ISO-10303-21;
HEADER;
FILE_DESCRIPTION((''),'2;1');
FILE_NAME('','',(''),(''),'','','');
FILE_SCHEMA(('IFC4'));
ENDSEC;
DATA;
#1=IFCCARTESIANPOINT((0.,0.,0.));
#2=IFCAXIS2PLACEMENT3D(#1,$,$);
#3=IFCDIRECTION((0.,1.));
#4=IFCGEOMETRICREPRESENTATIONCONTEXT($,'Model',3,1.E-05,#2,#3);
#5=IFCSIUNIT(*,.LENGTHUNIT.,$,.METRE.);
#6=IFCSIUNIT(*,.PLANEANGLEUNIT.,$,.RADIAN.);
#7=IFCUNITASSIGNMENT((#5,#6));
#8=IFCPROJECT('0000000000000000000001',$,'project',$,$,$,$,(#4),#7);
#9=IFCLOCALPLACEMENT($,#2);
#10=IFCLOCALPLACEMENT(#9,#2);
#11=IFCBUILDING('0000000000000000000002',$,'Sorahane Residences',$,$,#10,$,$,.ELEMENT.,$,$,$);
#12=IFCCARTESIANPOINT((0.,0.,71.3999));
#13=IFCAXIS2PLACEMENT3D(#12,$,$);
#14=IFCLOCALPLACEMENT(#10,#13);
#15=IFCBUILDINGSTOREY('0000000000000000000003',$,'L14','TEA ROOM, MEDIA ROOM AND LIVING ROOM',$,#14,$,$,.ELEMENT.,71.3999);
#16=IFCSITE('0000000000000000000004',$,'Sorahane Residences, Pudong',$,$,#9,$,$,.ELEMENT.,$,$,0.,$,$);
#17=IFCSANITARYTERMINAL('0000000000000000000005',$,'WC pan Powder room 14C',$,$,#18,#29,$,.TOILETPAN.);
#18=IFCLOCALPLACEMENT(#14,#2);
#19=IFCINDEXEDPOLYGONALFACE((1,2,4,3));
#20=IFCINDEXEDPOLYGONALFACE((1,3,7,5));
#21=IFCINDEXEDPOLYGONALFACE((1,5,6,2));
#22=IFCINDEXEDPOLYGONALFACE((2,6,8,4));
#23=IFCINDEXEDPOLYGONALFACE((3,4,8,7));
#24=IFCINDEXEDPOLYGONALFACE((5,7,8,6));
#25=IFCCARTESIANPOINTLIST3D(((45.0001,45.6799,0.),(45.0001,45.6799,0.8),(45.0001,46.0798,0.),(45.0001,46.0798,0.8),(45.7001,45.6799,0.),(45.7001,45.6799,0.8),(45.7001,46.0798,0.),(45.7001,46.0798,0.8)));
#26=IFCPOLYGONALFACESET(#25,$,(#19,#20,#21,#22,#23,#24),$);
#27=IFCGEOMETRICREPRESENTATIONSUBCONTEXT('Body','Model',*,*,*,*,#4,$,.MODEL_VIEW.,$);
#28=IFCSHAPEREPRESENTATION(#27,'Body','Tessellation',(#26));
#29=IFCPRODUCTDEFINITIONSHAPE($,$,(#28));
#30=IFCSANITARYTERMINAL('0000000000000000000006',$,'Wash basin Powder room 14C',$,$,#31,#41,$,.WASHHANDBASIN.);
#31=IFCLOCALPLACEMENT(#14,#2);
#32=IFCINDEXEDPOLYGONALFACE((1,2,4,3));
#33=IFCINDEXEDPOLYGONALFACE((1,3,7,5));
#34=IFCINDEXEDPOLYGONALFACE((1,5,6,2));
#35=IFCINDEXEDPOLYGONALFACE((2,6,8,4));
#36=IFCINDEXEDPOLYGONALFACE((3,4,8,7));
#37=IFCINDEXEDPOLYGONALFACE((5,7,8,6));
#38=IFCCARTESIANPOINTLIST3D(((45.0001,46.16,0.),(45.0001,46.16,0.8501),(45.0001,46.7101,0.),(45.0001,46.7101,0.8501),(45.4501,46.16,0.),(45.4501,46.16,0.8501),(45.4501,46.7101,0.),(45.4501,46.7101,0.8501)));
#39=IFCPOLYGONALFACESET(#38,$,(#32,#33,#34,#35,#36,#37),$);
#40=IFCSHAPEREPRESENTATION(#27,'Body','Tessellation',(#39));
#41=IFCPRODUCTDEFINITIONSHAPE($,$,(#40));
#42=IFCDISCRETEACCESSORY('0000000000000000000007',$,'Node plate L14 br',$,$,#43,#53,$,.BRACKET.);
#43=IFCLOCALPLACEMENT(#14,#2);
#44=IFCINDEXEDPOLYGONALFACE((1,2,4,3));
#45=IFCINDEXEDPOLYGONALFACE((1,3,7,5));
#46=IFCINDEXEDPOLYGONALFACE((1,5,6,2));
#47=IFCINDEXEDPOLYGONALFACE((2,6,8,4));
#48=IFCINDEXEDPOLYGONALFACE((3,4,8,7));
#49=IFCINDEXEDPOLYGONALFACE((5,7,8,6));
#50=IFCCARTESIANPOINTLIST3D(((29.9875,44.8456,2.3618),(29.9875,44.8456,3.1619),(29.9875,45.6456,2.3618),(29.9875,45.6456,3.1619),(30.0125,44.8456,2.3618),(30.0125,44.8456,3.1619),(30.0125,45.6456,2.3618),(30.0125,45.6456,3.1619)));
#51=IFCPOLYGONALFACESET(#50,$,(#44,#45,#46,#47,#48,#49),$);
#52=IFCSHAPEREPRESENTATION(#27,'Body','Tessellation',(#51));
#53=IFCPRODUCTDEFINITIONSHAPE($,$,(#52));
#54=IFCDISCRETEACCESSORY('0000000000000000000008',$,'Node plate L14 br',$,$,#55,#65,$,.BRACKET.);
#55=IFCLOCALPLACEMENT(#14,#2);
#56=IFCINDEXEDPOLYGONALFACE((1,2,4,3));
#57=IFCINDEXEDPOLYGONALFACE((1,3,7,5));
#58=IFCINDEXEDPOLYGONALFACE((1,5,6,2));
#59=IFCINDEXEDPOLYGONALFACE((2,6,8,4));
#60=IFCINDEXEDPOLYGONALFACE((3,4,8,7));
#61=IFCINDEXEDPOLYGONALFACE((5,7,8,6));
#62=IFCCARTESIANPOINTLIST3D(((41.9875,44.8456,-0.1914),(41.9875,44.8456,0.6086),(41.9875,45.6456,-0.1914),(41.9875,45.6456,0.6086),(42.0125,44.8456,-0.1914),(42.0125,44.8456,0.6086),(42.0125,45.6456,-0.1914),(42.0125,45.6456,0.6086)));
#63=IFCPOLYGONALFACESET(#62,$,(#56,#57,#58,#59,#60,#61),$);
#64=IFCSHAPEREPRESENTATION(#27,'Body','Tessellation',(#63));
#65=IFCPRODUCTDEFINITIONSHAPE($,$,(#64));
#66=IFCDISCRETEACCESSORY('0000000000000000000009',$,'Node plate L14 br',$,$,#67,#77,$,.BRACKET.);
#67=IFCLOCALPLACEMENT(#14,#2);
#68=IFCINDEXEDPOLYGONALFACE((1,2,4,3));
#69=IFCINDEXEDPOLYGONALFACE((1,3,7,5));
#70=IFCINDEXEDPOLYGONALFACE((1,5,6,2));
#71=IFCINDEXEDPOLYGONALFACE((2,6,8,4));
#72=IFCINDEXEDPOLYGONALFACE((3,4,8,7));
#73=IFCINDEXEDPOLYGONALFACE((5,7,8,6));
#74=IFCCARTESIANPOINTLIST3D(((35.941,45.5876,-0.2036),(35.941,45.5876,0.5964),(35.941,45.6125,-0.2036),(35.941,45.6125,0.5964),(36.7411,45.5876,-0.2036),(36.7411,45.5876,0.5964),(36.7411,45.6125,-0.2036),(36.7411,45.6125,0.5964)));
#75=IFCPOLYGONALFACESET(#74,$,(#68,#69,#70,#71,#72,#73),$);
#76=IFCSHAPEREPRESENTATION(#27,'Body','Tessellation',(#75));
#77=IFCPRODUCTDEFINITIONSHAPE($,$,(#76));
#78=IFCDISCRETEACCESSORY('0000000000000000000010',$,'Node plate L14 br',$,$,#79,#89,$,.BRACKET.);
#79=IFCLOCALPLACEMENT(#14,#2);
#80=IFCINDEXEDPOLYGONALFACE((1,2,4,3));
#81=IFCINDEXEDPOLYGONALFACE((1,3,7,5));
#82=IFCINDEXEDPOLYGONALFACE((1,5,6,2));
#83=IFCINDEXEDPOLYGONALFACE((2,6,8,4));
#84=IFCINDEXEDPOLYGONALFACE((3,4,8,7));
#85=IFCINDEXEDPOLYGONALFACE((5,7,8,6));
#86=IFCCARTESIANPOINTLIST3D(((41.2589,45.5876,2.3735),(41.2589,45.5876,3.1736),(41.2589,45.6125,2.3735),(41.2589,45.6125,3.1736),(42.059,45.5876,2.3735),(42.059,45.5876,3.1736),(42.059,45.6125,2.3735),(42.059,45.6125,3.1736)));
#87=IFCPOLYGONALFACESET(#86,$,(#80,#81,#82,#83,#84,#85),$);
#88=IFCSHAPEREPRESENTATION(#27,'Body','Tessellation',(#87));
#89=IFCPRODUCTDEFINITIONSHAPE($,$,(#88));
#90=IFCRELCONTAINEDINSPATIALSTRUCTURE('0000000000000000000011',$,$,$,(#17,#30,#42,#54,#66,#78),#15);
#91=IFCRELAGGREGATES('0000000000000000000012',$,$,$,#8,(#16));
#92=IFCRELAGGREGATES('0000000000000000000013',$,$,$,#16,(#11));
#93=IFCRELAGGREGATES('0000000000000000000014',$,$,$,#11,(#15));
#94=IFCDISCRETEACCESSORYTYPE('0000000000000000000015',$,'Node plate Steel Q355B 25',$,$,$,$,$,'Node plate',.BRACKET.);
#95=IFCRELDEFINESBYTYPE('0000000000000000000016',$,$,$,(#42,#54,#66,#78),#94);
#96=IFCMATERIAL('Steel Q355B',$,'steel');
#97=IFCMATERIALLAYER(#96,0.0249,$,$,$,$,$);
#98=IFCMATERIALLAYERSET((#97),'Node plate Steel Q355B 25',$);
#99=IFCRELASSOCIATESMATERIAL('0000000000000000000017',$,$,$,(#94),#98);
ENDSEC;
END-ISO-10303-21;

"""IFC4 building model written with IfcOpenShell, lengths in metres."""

from ifc_helpers import new_model, si_unit, direction, frame, origin, origin_2d, place, context, subcontext, project, spatial, rectangle, extrude, material, layer, layer_set, type_object, element, save


model = new_model("IFC4")

# Units and contexts
model_context = context("Model", 3, precision=1e-05, world=origin(), true_north=direction((0.0, 1.0)))
body_context = subcontext(model_context, "Body", "Model", "MODEL_VIEW")
ifc_project = project(units=[si_unit("LENGTHUNIT", "METRE"), si_unit("PLANEANGLEUNIT", "RADIAN")], contexts=[model_context])

# Site, building, storey
site_placement = place(None, origin())
site = spatial("IfcSite", under=ifc_project, at=site_placement, Name="Sorahane Residences, Pudong", CompositionType="ELEMENT", RefElevation=0.0)
building_placement = place(site_placement, origin())
building = spatial("IfcBuilding", under=site, at=building_placement, Name="Sorahane Residences", CompositionType="ELEMENT")
storey_placement = place(building_placement, frame((0.0, 0.0, 71.3999)))
storey = spatial("IfcBuildingStorey", under=building, at=storey_placement, Name="L14", Description="TEA ROOM, MEDIA ROOM AND LIVING ROOM", CompositionType="ELEMENT", Elevation=71.3999)

# Sanitary terminals
sanitary_terminal_1_placement = place(storey_placement, frame((45.3501, 45.8799, 0.0), z_axis=(0.0, 0.0, 1.0), x_axis=(0.0, 1.0, 0.0)))
element("IfcSanitaryTerminal", 1, at=sanitary_terminal_1_placement, inside=storey, Name="WC pan Powder room 14C", PredefinedType="TOILETPAN", context=body_context, shape_type="SweptSolid", body=[
    extrude(rectangle(XDim=0.3999, YDim=0.7, at=origin_2d()), origin(), (0.0, 0.0, 1.0), 0.8),
])
sanitary_terminal_2_placement = place(storey_placement, frame((45.2251, 46.4351, 0.0), z_axis=(0.0, 0.0, 1.0), x_axis=(0.0, 1.0, 0.0)))
element("IfcSanitaryTerminal", 2, at=sanitary_terminal_2_placement, inside=storey, Name="Wash basin Powder room 14C", PredefinedType="WASHHANDBASIN", context=body_context, shape_type="SweptSolid", body=[
    extrude(rectangle(XDim=0.55, YDim=0.45, at=origin_2d()), origin(), (0.0, 0.0, 1.0), 0.8501),
])

# Discrete accessories
ifc_material_1 = material(Name="Steel Q355B", Category="steel")
ifc_layer_1 = layer(ifc_material_1, 0.0249)
ifc_layer_set_1 = layer_set([ifc_layer_1], Name="Node plate Steel Q355B 25")
discrete_accessory_type = type_object("IfcDiscreteAccessoryType", Name="Node plate Steel Q355B 25", ElementType="Node plate", PredefinedType="BRACKET", material=ifc_layer_set_1)
for number, where, z_axis, x_axis, name in (
    (3, (30.0, 45.2456, 2.3618), (0.0, 0.0, 1.0), (0.0, 1.0, 0.0), "Node plate L14 br"),
    (4, (42.0, 45.2456, -0.1914), (0.0, 0.0, 1.0), (0.0, 1.0, 0.0), "Node plate L14 br"),
    (5, (36.3411, 45.6001, -0.2036), (0.0, 0.0, 1.0), (1.0, 0.0, 0.0), "Node plate L14 br"),
    (6, (41.6589, 45.6001, 2.3735), (0.0, 0.0, 1.0), (1.0, 0.0, 0.0), "Node plate L14 br"),
):
    element("IfcDiscreteAccessory", number, at=place(storey_placement, frame(where, z_axis=z_axis, x_axis=x_axis)), inside=storey, type_object=discrete_accessory_type, Name=name, PredefinedType="BRACKET", context=body_context, shape_type="SweptSolid", body=[
        extrude(rectangle(XDim=0.8, YDim=0.0249, at=origin_2d()), origin(), (0.0, 0.0, 1.0), 0.8),
    ])

save(model, "model.ifc")
